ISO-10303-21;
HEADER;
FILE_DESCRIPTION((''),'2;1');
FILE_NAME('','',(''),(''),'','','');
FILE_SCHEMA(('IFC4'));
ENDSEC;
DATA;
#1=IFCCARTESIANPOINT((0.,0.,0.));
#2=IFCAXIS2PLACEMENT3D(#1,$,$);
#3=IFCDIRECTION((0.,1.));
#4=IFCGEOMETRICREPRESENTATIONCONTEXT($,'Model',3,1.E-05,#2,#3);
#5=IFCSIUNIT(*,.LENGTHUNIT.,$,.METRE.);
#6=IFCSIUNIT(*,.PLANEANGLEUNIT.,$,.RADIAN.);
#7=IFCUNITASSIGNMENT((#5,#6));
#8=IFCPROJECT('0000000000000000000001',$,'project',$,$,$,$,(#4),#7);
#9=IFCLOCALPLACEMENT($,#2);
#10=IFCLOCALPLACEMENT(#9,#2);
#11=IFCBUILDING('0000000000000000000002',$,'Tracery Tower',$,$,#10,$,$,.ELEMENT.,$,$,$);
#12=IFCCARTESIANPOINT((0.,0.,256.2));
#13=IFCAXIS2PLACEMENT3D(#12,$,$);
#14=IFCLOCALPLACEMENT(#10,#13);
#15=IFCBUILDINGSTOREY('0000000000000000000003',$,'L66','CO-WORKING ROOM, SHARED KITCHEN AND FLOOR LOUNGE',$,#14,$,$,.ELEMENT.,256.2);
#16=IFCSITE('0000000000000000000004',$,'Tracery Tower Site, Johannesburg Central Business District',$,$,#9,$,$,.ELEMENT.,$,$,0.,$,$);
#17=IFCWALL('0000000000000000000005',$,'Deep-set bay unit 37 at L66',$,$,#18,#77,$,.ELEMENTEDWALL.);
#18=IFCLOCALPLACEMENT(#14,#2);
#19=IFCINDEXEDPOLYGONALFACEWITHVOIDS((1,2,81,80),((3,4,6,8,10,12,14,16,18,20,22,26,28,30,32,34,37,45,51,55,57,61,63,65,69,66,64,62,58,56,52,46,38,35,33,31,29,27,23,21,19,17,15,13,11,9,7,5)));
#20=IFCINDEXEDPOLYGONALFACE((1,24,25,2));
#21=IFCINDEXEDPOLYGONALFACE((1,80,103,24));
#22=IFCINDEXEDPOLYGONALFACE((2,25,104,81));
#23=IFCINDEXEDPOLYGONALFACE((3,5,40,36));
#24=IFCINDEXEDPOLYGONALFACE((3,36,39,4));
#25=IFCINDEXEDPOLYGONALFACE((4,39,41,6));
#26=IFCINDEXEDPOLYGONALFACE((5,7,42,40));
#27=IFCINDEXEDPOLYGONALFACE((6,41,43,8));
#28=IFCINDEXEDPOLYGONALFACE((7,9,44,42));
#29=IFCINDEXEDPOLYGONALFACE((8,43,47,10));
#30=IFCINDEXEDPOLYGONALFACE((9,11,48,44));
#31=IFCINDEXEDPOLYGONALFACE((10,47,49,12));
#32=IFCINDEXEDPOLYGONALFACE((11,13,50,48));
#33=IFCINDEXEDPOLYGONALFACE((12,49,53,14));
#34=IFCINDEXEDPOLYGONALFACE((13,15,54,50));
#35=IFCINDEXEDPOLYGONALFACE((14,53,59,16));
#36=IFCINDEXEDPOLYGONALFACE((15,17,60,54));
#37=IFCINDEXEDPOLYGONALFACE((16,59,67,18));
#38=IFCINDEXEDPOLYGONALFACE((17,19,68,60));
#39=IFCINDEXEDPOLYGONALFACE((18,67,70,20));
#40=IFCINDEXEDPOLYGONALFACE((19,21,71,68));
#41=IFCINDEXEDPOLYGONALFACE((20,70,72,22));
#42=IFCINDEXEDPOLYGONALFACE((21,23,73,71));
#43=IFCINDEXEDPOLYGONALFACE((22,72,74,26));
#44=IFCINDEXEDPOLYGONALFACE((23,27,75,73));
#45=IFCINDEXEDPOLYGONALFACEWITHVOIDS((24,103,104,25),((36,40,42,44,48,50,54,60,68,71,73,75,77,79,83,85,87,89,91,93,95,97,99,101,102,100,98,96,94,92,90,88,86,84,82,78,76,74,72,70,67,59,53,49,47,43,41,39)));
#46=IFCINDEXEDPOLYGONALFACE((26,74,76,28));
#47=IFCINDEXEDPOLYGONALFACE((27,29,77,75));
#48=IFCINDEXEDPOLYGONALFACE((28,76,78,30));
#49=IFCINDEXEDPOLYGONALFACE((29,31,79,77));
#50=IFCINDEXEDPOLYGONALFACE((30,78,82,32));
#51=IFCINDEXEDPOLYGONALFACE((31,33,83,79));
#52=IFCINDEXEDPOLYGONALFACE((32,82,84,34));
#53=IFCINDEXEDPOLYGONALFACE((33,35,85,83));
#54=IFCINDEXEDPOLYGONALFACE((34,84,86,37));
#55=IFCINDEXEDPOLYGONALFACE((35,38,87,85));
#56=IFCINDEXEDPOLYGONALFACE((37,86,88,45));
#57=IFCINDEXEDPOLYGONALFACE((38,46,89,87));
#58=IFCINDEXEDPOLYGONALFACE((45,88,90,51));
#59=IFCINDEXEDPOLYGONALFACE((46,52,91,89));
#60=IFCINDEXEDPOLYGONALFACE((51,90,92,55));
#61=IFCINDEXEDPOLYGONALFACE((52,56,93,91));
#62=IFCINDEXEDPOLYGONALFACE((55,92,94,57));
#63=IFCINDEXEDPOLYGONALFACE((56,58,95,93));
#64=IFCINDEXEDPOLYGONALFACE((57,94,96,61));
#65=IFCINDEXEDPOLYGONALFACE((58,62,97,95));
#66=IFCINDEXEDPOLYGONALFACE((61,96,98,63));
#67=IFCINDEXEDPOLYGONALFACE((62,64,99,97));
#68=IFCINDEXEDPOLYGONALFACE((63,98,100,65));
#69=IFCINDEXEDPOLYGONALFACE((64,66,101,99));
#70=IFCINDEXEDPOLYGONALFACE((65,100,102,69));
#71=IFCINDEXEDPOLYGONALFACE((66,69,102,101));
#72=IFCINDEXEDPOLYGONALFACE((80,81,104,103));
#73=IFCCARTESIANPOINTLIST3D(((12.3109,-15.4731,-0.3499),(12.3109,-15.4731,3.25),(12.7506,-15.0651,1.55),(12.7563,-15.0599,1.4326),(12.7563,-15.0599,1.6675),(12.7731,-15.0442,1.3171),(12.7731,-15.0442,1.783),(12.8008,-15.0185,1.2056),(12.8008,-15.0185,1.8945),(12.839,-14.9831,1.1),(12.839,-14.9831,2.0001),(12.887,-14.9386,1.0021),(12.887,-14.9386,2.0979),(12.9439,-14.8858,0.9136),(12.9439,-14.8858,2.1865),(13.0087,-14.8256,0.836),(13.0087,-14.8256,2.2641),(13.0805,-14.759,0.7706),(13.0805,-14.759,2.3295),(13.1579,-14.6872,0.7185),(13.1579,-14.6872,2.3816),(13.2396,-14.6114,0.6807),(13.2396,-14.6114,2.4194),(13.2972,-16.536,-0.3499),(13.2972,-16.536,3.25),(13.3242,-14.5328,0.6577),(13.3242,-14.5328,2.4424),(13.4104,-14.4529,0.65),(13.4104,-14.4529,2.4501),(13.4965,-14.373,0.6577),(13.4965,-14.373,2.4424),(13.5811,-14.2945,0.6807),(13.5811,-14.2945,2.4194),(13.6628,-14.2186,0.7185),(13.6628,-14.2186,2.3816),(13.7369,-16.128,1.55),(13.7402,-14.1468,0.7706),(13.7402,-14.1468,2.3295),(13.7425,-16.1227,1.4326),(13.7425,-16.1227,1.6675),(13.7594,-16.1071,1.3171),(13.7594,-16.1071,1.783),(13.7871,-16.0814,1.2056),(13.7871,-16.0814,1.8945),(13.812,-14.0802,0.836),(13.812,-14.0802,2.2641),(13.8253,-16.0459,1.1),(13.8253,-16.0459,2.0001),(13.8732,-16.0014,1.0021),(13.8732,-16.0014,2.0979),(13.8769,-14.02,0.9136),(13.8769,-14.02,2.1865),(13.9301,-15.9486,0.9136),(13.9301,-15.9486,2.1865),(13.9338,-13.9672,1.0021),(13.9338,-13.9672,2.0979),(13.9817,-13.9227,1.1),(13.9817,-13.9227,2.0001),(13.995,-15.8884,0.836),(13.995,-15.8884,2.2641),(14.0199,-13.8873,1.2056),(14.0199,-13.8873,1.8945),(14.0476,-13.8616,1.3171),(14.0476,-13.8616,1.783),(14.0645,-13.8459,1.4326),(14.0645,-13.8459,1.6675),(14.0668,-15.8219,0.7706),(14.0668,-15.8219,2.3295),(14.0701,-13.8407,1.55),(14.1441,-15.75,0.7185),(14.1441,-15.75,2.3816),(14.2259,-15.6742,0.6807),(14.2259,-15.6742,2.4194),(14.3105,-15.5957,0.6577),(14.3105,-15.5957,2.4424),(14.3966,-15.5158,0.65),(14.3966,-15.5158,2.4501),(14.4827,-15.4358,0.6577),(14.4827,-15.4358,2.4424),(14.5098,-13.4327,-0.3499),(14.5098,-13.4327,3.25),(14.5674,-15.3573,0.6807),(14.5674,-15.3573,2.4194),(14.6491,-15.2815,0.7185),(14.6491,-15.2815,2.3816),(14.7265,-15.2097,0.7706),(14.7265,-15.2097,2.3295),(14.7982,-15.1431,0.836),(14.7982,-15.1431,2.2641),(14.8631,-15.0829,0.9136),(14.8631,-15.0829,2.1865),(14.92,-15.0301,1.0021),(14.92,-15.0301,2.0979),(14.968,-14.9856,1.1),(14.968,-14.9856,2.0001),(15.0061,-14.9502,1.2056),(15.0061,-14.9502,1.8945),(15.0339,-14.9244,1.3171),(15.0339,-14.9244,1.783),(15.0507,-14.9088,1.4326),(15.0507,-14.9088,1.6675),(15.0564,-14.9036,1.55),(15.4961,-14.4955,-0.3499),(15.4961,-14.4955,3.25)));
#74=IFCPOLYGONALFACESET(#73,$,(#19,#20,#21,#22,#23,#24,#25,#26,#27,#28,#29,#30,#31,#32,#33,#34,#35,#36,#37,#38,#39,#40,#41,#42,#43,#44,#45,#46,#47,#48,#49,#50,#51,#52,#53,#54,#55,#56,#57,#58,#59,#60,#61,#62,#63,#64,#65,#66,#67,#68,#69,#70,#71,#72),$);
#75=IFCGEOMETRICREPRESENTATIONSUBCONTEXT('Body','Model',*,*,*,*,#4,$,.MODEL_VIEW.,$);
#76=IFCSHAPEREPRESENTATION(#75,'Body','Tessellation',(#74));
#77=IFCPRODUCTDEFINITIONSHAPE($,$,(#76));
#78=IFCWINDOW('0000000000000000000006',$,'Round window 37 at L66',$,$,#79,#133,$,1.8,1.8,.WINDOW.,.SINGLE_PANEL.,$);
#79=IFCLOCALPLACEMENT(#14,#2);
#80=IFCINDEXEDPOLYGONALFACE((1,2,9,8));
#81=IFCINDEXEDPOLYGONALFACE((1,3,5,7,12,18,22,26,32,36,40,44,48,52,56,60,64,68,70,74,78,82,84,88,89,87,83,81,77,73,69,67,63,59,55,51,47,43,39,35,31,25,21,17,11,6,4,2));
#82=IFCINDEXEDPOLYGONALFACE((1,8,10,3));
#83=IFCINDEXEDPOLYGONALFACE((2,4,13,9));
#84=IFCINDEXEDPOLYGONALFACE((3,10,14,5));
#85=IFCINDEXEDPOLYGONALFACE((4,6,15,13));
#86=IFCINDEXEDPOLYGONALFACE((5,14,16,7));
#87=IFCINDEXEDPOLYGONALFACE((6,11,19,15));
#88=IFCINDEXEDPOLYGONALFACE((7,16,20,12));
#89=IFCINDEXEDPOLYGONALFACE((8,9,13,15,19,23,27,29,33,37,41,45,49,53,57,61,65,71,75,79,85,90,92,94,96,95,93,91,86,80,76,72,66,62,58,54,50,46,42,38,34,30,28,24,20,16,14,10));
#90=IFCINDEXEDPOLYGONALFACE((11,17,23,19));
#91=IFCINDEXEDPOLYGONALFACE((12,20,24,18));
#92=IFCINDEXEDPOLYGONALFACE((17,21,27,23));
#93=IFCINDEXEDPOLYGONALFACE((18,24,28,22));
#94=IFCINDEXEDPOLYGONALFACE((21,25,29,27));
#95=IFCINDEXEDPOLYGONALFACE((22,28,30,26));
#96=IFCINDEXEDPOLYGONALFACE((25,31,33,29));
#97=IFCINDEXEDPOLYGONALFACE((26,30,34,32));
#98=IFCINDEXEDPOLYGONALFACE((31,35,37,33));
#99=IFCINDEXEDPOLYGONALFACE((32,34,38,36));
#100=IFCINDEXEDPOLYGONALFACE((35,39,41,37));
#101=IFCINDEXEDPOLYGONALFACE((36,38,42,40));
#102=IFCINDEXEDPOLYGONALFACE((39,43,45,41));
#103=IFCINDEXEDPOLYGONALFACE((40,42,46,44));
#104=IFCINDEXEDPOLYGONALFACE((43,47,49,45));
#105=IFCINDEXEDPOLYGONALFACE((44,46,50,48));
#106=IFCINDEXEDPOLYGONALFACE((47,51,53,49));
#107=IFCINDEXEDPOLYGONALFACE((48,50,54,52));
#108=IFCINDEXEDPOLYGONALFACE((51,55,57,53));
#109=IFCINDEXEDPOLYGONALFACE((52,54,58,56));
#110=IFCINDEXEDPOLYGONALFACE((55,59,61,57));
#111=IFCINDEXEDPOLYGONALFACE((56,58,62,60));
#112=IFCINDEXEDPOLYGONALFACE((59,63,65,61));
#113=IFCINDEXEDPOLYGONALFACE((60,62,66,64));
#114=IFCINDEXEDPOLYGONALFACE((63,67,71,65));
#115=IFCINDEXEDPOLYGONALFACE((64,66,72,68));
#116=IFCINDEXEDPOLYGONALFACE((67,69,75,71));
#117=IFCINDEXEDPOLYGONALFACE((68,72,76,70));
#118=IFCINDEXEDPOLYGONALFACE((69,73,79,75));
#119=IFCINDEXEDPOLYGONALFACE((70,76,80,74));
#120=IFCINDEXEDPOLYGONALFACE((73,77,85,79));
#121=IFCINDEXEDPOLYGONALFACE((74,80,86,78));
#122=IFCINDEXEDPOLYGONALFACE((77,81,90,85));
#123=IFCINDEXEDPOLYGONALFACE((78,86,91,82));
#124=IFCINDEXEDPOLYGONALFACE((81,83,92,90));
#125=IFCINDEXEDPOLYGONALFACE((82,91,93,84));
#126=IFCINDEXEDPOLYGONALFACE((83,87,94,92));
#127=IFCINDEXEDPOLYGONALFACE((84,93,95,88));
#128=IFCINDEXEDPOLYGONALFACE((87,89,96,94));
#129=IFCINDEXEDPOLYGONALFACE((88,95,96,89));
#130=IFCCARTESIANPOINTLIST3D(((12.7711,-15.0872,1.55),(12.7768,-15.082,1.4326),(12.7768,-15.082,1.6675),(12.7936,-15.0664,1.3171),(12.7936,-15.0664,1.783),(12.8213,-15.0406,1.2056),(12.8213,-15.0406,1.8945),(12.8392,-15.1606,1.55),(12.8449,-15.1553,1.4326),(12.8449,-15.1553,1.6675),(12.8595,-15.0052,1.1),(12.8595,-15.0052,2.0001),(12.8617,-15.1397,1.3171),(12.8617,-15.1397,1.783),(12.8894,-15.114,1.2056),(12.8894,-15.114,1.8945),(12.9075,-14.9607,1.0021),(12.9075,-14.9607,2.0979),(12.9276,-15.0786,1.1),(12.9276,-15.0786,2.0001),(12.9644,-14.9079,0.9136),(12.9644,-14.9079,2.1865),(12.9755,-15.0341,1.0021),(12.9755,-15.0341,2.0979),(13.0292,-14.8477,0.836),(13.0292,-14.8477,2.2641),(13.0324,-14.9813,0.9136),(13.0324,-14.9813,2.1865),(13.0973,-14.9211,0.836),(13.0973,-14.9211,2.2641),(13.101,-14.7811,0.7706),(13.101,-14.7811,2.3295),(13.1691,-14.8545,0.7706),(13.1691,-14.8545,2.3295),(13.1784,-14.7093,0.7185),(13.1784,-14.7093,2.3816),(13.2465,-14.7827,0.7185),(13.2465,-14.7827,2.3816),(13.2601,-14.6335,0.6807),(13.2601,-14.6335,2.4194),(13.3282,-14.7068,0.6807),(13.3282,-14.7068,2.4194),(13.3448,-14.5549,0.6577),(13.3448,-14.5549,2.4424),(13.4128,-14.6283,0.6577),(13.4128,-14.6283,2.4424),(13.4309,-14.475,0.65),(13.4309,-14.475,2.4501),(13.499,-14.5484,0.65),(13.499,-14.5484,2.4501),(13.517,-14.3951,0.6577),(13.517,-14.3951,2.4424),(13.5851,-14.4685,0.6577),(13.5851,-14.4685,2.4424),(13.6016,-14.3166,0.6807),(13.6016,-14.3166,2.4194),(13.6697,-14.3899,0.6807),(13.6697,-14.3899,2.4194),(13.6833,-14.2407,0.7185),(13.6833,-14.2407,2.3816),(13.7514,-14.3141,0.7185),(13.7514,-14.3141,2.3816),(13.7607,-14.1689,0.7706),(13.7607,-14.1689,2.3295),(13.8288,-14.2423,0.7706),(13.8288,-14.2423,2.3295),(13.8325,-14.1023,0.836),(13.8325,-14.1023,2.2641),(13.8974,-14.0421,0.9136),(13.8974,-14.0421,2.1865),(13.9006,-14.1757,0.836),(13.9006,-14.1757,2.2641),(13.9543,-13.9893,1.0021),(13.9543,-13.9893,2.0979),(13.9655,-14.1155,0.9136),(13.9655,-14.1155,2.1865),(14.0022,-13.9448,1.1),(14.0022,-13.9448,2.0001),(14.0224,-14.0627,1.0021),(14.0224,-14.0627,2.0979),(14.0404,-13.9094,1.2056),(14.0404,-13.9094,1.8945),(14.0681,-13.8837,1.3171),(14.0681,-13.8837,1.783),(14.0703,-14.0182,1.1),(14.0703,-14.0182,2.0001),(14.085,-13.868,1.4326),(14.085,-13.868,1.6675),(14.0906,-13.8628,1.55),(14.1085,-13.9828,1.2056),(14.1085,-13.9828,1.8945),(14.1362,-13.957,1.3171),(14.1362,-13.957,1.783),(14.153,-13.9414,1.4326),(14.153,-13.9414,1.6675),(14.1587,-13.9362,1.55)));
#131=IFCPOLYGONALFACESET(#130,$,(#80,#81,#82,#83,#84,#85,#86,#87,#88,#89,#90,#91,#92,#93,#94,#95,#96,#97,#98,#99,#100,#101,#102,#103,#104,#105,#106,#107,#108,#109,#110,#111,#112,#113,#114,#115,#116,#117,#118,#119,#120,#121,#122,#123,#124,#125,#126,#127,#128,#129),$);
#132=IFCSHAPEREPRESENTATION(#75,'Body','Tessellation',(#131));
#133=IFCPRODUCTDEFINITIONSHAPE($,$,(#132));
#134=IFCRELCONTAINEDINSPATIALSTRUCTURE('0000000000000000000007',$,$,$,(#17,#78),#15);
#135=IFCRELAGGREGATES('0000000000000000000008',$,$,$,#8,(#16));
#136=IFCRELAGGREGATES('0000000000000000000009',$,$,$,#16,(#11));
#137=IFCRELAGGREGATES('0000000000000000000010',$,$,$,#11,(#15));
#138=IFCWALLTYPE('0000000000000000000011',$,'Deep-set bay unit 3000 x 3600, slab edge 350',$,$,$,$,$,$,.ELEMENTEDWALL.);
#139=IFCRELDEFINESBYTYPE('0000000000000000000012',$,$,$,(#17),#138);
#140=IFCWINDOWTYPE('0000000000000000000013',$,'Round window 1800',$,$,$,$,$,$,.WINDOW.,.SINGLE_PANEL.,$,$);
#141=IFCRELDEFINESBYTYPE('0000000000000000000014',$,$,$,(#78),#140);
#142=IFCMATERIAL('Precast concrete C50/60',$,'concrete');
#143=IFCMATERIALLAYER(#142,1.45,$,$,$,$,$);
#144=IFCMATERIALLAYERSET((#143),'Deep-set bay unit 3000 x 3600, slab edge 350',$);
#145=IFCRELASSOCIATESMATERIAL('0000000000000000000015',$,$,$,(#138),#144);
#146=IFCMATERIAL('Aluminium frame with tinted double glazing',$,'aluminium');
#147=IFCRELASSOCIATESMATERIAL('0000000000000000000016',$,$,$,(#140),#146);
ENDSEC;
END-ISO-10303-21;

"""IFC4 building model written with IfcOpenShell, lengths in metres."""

from ifc_helpers import new_model, si_unit, direction, frame, frame_2d, origin, origin_2d, place, context, subcontext, project, spatial, rectangle, circle, extrude, material, layer, layer_set, type_object, element, fill, save


model = new_model("IFC4")

# Units and contexts
model_context = context("Model", 3, precision=1e-05, world=origin(), true_north=direction((0.0, 1.0)))
body_context = subcontext(model_context, "Body", "Model", "MODEL_VIEW")
ifc_project = project(units=[si_unit("LENGTHUNIT", "METRE"), si_unit("PLANEANGLEUNIT", "RADIAN")], contexts=[model_context])

# Site, building, storey
site_placement = place(None, origin())
site = spatial("IfcSite", under=ifc_project, at=site_placement, Name="Tracery Tower Site, Johannesburg Central Business District", CompositionType="ELEMENT", RefElevation=0.0)
building_placement = place(site_placement, origin())
building = spatial("IfcBuilding", under=site, at=building_placement, Name="Tracery Tower", CompositionType="ELEMENT")
storey_placement = place(building_placement, frame((0.0, 0.0, 256.2)))
storey = spatial("IfcBuildingStorey", under=building, at=storey_placement, Name="L66", Description="CO-WORKING ROOM, SHARED KITCHEN AND FLOOR LOUNGE", CompositionType="ELEMENT", Elevation=256.2)

# Wall, opening, window
ifc_material_1 = material(Name="Precast concrete C50/60", Category="concrete")
ifc_layer_1 = layer(ifc_material_1, 1.45)
ifc_layer_set_1 = layer_set([ifc_layer_1], Name="Deep-set bay unit 3000 x 3600, slab edge 350")
wall_type_1 = type_object("IfcWallType", Name="Deep-set bay unit 3000 x 3600, slab edge 350", PredefinedType="ELEMENTEDWALL", material=ifc_layer_set_1)
wall_1_placement = place(storey_placement, frame((12.804, -16.0046, -0.3499), z_axis=(0.0, 0.0, 1.0), x_axis=(0.733022, 0.680204, 0.0)))
wall_1 = element("IfcWall", 1, at=wall_1_placement, inside=storey, type_object=wall_type_1, Name="Deep-set bay unit 37 at L66", PredefinedType="ELEMENTEDWALL", context=body_context, shape_type="SweptSolid", body=[
    extrude(rectangle(XDim=2.9998, YDim=1.45, at=frame_2d((1.5, 0.0))), origin(), (0.0, 0.0, 1.0), 3.5999),
])
opening_1_placement = place(wall_1_placement, frame((1.5, 0.0, 1.8999)))
opening_1 = element("IfcOpeningElement", 2, at=opening_1_placement, cuts=wall_1, PredefinedType="OPENING", context=body_context, shape_type="SweptSolid", body=[
    extrude(circle(Radius=0.9, at=origin_2d()), frame((0.0, 0.7349, 0.0), z_axis=(0.0, -1.0, 0.0), x_axis=(1.0, 0.0, 0.0)), (0.0, 0.0, 1.0), 1.47),
])
ifc_material_2 = material(Name="Aluminium frame with tinted double glazing", Category="aluminium")
window_type = type_object("IfcWindowType", Name="Round window 1800", PartitioningType="SINGLE_PANEL", PredefinedType="WINDOW", material=ifc_material_2)
window_1_placement = place(opening_1_placement, origin())
window_1 = element("IfcWindow", 3, at=window_1_placement, inside=storey, type_object=window_type, Name="Round window 37 at L66", OverallHeight=1.8, OverallWidth=1.8, PartitioningType="SINGLE_PANEL", PredefinedType="WINDOW", context=body_context, shape_type="SweptSolid", body=[
    extrude(circle(Radius=0.9, at=origin_2d()), frame((0.0, 0.6948, 0.0), z_axis=(0.0, -1.0, 0.0), x_axis=(1.0, 0.0, 0.0)), (0.0, 0.0, 1.0), 0.1001),
])
fill(opening_1, window_1)

save(model, "model.ifc")
